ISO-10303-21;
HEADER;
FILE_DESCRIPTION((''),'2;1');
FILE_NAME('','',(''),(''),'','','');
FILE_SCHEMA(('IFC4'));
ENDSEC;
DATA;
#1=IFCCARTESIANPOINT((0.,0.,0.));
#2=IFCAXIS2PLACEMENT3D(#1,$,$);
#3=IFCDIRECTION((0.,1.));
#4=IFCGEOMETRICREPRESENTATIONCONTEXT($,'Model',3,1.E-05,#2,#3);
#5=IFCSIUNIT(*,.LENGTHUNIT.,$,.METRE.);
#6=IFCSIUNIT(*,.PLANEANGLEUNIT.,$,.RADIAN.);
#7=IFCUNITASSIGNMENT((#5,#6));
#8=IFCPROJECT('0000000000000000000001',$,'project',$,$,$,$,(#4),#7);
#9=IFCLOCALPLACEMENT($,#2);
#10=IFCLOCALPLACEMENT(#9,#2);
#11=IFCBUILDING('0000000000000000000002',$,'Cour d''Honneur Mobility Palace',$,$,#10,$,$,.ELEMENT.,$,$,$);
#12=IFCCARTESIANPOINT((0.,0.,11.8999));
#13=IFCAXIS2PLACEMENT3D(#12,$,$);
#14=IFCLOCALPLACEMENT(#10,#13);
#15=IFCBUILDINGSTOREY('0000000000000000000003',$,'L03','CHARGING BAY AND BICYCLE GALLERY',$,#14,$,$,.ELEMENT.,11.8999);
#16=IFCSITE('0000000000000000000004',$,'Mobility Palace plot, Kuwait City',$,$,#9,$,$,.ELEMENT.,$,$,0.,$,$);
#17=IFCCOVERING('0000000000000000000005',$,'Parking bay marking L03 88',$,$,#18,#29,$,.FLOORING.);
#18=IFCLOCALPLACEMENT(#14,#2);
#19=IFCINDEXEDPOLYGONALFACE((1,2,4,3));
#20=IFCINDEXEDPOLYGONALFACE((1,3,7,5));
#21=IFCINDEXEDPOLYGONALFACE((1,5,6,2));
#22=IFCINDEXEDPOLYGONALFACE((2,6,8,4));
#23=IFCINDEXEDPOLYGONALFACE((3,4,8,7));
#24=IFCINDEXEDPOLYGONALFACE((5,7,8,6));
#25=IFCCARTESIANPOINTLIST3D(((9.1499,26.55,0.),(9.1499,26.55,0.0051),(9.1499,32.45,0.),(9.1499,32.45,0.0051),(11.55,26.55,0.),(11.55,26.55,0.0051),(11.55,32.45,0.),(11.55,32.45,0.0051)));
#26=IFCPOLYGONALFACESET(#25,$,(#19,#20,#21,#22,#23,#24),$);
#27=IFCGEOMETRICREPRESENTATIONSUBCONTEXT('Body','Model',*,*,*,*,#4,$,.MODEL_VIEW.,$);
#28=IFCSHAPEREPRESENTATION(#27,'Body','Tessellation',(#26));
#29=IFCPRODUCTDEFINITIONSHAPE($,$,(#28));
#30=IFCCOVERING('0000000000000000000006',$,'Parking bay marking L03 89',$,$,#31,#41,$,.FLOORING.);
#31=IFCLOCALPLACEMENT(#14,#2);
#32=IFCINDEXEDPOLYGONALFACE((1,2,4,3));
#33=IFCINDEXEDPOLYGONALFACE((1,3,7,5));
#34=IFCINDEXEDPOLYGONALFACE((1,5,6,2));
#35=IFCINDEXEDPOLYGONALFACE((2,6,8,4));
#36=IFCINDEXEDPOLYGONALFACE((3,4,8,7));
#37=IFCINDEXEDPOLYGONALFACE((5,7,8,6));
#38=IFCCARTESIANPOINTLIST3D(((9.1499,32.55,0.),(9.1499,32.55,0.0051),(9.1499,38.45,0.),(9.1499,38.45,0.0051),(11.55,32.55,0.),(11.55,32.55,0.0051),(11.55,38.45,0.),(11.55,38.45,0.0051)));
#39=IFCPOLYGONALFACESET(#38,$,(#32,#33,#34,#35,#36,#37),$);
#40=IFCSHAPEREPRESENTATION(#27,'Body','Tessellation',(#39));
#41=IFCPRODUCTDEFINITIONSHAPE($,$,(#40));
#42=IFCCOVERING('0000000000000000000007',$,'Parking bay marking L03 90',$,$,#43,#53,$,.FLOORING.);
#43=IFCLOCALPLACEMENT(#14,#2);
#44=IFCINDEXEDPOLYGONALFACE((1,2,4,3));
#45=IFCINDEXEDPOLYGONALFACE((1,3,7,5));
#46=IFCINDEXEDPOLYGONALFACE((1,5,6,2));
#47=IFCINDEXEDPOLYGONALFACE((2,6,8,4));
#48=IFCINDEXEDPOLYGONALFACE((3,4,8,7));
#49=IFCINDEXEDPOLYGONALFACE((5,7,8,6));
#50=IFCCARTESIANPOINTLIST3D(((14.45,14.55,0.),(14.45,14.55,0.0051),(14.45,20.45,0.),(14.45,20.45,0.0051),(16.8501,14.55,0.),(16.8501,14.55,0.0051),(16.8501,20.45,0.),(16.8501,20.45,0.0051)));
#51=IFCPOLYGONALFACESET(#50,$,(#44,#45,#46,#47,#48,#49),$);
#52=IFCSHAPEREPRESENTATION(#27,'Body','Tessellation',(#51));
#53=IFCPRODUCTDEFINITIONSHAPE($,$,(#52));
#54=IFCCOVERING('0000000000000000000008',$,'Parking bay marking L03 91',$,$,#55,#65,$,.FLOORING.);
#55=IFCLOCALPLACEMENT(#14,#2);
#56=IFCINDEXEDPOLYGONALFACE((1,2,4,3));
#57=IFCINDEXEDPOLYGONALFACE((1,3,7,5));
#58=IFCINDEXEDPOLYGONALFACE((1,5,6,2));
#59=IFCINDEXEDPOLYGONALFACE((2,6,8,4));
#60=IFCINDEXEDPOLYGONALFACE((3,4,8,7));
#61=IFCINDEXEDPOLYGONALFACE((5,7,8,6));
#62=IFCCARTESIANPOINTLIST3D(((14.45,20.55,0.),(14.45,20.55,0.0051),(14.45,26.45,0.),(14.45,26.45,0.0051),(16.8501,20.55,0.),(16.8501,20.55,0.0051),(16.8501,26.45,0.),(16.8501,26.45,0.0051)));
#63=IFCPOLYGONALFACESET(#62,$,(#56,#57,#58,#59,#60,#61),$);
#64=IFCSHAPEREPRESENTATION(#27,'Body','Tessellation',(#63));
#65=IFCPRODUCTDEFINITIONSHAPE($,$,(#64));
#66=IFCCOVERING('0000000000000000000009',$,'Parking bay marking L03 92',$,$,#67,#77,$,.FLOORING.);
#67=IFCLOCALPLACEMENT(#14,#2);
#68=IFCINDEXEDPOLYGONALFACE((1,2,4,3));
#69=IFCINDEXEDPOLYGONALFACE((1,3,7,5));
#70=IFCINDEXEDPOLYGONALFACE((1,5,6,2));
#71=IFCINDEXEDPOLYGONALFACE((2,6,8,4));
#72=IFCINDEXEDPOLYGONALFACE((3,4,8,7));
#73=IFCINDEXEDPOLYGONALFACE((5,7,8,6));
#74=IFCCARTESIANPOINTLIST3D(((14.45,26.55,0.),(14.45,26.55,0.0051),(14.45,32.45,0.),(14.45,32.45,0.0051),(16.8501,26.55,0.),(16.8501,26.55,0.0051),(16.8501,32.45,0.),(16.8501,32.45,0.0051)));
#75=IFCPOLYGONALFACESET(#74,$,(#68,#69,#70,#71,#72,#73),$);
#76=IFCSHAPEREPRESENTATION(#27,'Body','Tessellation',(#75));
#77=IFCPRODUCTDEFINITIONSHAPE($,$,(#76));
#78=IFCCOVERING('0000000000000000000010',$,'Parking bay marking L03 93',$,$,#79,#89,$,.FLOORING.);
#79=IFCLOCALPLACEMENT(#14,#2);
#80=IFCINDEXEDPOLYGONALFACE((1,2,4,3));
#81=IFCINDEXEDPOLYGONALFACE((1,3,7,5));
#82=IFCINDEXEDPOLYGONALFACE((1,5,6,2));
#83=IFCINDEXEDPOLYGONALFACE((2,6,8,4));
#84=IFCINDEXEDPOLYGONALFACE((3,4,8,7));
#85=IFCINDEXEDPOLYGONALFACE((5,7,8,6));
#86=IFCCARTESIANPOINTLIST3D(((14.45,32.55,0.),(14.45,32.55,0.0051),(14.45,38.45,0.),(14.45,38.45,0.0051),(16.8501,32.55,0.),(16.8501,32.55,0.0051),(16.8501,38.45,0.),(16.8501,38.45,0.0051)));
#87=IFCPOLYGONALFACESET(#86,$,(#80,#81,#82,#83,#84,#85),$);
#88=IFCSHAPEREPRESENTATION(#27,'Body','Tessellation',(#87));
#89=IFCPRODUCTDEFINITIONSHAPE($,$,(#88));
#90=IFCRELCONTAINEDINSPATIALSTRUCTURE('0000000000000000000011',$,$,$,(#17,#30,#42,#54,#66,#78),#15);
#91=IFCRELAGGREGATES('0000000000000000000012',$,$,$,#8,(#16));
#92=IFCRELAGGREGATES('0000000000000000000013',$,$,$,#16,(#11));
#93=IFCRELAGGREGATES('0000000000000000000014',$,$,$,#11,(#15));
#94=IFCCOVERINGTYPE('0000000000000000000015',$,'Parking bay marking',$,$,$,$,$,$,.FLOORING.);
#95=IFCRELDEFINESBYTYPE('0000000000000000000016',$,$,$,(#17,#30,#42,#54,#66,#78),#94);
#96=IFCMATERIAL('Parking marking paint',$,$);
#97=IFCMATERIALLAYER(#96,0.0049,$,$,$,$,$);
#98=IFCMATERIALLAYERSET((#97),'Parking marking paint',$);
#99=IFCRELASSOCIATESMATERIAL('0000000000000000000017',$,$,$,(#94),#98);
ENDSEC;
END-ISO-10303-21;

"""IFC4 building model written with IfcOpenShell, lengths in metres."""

from ifc_helpers import new_model, si_unit, direction, frame, origin, place, context, subcontext, project, spatial, polyline, outline, extrude, material, layer, layer_set, type_object, element, save


model = new_model("IFC4")

# Units and contexts
model_context = context("Model", 3, precision=1e-05, world=origin(), true_north=direction((0.0, 1.0)))
body_context = subcontext(model_context, "Body", "Model", "MODEL_VIEW")
ifc_project = project(units=[si_unit("LENGTHUNIT", "METRE"), si_unit("PLANEANGLEUNIT", "RADIAN")], contexts=[model_context])

# Site, building, storey
site_placement = place(None, origin())
site = spatial("IfcSite", under=ifc_project, at=site_placement, Name="Mobility Palace plot, Kuwait City", CompositionType="ELEMENT", RefElevation=0.0)
building_placement = place(site_placement, origin())
building = spatial("IfcBuilding", under=site, at=building_placement, Name="Cour d'Honneur Mobility Palace", CompositionType="ELEMENT")
storey_placement = place(building_placement, frame((0.0, 0.0, 11.8999)))
storey = spatial("IfcBuildingStorey", under=building, at=storey_placement, Name="L03", Description="CHARGING BAY AND BICYCLE GALLERY", CompositionType="ELEMENT", Elevation=11.8999)

# Coverings
ifc_material_1 = material(Name="Parking marking paint")
ifc_layer_1 = layer(ifc_material_1, 0.0049)
ifc_layer_set_1 = layer_set([ifc_layer_1], Name="Parking marking paint")
covering_type = type_object("IfcCoveringType", Name="Parking bay marking", PredefinedType="FLOORING", material=ifc_layer_set_1)
covering_1_placement = place(storey_placement, origin())
element("IfcCovering", 1, at=covering_1_placement, inside=storey, type_object=covering_type, Name="Parking bay marking L03 88", PredefinedType="FLOORING", context=body_context, shape_type="SweptSolid", body=[
    extrude(outline(polyline([(11.55, 26.55), (9.1499, 26.55), (9.1499, 32.45), (11.55, 32.45), (11.55, 26.55)])), origin(), (0.0, 0.0, 1.0), 0.0051),
])
covering_2_placement = place(storey_placement, origin())
element("IfcCovering", 2, at=covering_2_placement, inside=storey, type_object=covering_type, Name="Parking bay marking L03 89", PredefinedType="FLOORING", context=body_context, shape_type="SweptSolid", body=[
    extrude(outline(polyline([(11.55, 32.55), (9.1499, 32.55), (9.1499, 38.45), (11.55, 38.45), (11.55, 32.55)])), origin(), (0.0, 0.0, 1.0), 0.0051),
])
covering_3_placement = place(storey_placement, origin())
element("IfcCovering", 3, at=covering_3_placement, inside=storey, type_object=covering_type, Name="Parking bay marking L03 90", PredefinedType="FLOORING", context=body_context, shape_type="SweptSolid", body=[
    extrude(outline(polyline([(16.8501, 14.55), (14.45, 14.55), (14.45, 20.45), (16.8501, 20.45), (16.8501, 14.55)])), origin(), (0.0, 0.0, 1.0), 0.0051),
])
covering_4_placement = place(storey_placement, origin())
element("IfcCovering", 4, at=covering_4_placement, inside=storey, type_object=covering_type, Name="Parking bay marking L03 91", PredefinedType="FLOORING", context=body_context, shape_type="SweptSolid", body=[
    extrude(outline(polyline([(16.8501, 20.55), (14.45, 20.55), (14.45, 26.45), (16.8501, 26.45), (16.8501, 20.55)])), origin(), (0.0, 0.0, 1.0), 0.0051),
])
covering_5_placement = place(storey_placement, origin())
element("IfcCovering", 5, at=covering_5_placement, inside=storey, type_object=covering_type, Name="Parking bay marking L03 92", PredefinedType="FLOORING", context=body_context, shape_type="SweptSolid", body=[
    extrude(outline(polyline([(16.8501, 26.55), (14.45, 26.55), (14.45, 32.45), (16.8501, 32.45), (16.8501, 26.55)])), origin(), (0.0, 0.0, 1.0), 0.0051),
])
covering_6_placement = place(storey_placement, origin())
element("IfcCovering", 6, at=covering_6_placement, inside=storey, type_object=covering_type, Name="Parking bay marking L03 93", PredefinedType="FLOORING", context=body_context, shape_type="SweptSolid", body=[
    extrude(outline(polyline([(16.8501, 32.55), (14.45, 32.55), (14.45, 38.45), (16.8501, 38.45), (16.8501, 32.55)])), origin(), (0.0, 0.0, 1.0), 0.0051),
])

save(model, "model.ifc")
